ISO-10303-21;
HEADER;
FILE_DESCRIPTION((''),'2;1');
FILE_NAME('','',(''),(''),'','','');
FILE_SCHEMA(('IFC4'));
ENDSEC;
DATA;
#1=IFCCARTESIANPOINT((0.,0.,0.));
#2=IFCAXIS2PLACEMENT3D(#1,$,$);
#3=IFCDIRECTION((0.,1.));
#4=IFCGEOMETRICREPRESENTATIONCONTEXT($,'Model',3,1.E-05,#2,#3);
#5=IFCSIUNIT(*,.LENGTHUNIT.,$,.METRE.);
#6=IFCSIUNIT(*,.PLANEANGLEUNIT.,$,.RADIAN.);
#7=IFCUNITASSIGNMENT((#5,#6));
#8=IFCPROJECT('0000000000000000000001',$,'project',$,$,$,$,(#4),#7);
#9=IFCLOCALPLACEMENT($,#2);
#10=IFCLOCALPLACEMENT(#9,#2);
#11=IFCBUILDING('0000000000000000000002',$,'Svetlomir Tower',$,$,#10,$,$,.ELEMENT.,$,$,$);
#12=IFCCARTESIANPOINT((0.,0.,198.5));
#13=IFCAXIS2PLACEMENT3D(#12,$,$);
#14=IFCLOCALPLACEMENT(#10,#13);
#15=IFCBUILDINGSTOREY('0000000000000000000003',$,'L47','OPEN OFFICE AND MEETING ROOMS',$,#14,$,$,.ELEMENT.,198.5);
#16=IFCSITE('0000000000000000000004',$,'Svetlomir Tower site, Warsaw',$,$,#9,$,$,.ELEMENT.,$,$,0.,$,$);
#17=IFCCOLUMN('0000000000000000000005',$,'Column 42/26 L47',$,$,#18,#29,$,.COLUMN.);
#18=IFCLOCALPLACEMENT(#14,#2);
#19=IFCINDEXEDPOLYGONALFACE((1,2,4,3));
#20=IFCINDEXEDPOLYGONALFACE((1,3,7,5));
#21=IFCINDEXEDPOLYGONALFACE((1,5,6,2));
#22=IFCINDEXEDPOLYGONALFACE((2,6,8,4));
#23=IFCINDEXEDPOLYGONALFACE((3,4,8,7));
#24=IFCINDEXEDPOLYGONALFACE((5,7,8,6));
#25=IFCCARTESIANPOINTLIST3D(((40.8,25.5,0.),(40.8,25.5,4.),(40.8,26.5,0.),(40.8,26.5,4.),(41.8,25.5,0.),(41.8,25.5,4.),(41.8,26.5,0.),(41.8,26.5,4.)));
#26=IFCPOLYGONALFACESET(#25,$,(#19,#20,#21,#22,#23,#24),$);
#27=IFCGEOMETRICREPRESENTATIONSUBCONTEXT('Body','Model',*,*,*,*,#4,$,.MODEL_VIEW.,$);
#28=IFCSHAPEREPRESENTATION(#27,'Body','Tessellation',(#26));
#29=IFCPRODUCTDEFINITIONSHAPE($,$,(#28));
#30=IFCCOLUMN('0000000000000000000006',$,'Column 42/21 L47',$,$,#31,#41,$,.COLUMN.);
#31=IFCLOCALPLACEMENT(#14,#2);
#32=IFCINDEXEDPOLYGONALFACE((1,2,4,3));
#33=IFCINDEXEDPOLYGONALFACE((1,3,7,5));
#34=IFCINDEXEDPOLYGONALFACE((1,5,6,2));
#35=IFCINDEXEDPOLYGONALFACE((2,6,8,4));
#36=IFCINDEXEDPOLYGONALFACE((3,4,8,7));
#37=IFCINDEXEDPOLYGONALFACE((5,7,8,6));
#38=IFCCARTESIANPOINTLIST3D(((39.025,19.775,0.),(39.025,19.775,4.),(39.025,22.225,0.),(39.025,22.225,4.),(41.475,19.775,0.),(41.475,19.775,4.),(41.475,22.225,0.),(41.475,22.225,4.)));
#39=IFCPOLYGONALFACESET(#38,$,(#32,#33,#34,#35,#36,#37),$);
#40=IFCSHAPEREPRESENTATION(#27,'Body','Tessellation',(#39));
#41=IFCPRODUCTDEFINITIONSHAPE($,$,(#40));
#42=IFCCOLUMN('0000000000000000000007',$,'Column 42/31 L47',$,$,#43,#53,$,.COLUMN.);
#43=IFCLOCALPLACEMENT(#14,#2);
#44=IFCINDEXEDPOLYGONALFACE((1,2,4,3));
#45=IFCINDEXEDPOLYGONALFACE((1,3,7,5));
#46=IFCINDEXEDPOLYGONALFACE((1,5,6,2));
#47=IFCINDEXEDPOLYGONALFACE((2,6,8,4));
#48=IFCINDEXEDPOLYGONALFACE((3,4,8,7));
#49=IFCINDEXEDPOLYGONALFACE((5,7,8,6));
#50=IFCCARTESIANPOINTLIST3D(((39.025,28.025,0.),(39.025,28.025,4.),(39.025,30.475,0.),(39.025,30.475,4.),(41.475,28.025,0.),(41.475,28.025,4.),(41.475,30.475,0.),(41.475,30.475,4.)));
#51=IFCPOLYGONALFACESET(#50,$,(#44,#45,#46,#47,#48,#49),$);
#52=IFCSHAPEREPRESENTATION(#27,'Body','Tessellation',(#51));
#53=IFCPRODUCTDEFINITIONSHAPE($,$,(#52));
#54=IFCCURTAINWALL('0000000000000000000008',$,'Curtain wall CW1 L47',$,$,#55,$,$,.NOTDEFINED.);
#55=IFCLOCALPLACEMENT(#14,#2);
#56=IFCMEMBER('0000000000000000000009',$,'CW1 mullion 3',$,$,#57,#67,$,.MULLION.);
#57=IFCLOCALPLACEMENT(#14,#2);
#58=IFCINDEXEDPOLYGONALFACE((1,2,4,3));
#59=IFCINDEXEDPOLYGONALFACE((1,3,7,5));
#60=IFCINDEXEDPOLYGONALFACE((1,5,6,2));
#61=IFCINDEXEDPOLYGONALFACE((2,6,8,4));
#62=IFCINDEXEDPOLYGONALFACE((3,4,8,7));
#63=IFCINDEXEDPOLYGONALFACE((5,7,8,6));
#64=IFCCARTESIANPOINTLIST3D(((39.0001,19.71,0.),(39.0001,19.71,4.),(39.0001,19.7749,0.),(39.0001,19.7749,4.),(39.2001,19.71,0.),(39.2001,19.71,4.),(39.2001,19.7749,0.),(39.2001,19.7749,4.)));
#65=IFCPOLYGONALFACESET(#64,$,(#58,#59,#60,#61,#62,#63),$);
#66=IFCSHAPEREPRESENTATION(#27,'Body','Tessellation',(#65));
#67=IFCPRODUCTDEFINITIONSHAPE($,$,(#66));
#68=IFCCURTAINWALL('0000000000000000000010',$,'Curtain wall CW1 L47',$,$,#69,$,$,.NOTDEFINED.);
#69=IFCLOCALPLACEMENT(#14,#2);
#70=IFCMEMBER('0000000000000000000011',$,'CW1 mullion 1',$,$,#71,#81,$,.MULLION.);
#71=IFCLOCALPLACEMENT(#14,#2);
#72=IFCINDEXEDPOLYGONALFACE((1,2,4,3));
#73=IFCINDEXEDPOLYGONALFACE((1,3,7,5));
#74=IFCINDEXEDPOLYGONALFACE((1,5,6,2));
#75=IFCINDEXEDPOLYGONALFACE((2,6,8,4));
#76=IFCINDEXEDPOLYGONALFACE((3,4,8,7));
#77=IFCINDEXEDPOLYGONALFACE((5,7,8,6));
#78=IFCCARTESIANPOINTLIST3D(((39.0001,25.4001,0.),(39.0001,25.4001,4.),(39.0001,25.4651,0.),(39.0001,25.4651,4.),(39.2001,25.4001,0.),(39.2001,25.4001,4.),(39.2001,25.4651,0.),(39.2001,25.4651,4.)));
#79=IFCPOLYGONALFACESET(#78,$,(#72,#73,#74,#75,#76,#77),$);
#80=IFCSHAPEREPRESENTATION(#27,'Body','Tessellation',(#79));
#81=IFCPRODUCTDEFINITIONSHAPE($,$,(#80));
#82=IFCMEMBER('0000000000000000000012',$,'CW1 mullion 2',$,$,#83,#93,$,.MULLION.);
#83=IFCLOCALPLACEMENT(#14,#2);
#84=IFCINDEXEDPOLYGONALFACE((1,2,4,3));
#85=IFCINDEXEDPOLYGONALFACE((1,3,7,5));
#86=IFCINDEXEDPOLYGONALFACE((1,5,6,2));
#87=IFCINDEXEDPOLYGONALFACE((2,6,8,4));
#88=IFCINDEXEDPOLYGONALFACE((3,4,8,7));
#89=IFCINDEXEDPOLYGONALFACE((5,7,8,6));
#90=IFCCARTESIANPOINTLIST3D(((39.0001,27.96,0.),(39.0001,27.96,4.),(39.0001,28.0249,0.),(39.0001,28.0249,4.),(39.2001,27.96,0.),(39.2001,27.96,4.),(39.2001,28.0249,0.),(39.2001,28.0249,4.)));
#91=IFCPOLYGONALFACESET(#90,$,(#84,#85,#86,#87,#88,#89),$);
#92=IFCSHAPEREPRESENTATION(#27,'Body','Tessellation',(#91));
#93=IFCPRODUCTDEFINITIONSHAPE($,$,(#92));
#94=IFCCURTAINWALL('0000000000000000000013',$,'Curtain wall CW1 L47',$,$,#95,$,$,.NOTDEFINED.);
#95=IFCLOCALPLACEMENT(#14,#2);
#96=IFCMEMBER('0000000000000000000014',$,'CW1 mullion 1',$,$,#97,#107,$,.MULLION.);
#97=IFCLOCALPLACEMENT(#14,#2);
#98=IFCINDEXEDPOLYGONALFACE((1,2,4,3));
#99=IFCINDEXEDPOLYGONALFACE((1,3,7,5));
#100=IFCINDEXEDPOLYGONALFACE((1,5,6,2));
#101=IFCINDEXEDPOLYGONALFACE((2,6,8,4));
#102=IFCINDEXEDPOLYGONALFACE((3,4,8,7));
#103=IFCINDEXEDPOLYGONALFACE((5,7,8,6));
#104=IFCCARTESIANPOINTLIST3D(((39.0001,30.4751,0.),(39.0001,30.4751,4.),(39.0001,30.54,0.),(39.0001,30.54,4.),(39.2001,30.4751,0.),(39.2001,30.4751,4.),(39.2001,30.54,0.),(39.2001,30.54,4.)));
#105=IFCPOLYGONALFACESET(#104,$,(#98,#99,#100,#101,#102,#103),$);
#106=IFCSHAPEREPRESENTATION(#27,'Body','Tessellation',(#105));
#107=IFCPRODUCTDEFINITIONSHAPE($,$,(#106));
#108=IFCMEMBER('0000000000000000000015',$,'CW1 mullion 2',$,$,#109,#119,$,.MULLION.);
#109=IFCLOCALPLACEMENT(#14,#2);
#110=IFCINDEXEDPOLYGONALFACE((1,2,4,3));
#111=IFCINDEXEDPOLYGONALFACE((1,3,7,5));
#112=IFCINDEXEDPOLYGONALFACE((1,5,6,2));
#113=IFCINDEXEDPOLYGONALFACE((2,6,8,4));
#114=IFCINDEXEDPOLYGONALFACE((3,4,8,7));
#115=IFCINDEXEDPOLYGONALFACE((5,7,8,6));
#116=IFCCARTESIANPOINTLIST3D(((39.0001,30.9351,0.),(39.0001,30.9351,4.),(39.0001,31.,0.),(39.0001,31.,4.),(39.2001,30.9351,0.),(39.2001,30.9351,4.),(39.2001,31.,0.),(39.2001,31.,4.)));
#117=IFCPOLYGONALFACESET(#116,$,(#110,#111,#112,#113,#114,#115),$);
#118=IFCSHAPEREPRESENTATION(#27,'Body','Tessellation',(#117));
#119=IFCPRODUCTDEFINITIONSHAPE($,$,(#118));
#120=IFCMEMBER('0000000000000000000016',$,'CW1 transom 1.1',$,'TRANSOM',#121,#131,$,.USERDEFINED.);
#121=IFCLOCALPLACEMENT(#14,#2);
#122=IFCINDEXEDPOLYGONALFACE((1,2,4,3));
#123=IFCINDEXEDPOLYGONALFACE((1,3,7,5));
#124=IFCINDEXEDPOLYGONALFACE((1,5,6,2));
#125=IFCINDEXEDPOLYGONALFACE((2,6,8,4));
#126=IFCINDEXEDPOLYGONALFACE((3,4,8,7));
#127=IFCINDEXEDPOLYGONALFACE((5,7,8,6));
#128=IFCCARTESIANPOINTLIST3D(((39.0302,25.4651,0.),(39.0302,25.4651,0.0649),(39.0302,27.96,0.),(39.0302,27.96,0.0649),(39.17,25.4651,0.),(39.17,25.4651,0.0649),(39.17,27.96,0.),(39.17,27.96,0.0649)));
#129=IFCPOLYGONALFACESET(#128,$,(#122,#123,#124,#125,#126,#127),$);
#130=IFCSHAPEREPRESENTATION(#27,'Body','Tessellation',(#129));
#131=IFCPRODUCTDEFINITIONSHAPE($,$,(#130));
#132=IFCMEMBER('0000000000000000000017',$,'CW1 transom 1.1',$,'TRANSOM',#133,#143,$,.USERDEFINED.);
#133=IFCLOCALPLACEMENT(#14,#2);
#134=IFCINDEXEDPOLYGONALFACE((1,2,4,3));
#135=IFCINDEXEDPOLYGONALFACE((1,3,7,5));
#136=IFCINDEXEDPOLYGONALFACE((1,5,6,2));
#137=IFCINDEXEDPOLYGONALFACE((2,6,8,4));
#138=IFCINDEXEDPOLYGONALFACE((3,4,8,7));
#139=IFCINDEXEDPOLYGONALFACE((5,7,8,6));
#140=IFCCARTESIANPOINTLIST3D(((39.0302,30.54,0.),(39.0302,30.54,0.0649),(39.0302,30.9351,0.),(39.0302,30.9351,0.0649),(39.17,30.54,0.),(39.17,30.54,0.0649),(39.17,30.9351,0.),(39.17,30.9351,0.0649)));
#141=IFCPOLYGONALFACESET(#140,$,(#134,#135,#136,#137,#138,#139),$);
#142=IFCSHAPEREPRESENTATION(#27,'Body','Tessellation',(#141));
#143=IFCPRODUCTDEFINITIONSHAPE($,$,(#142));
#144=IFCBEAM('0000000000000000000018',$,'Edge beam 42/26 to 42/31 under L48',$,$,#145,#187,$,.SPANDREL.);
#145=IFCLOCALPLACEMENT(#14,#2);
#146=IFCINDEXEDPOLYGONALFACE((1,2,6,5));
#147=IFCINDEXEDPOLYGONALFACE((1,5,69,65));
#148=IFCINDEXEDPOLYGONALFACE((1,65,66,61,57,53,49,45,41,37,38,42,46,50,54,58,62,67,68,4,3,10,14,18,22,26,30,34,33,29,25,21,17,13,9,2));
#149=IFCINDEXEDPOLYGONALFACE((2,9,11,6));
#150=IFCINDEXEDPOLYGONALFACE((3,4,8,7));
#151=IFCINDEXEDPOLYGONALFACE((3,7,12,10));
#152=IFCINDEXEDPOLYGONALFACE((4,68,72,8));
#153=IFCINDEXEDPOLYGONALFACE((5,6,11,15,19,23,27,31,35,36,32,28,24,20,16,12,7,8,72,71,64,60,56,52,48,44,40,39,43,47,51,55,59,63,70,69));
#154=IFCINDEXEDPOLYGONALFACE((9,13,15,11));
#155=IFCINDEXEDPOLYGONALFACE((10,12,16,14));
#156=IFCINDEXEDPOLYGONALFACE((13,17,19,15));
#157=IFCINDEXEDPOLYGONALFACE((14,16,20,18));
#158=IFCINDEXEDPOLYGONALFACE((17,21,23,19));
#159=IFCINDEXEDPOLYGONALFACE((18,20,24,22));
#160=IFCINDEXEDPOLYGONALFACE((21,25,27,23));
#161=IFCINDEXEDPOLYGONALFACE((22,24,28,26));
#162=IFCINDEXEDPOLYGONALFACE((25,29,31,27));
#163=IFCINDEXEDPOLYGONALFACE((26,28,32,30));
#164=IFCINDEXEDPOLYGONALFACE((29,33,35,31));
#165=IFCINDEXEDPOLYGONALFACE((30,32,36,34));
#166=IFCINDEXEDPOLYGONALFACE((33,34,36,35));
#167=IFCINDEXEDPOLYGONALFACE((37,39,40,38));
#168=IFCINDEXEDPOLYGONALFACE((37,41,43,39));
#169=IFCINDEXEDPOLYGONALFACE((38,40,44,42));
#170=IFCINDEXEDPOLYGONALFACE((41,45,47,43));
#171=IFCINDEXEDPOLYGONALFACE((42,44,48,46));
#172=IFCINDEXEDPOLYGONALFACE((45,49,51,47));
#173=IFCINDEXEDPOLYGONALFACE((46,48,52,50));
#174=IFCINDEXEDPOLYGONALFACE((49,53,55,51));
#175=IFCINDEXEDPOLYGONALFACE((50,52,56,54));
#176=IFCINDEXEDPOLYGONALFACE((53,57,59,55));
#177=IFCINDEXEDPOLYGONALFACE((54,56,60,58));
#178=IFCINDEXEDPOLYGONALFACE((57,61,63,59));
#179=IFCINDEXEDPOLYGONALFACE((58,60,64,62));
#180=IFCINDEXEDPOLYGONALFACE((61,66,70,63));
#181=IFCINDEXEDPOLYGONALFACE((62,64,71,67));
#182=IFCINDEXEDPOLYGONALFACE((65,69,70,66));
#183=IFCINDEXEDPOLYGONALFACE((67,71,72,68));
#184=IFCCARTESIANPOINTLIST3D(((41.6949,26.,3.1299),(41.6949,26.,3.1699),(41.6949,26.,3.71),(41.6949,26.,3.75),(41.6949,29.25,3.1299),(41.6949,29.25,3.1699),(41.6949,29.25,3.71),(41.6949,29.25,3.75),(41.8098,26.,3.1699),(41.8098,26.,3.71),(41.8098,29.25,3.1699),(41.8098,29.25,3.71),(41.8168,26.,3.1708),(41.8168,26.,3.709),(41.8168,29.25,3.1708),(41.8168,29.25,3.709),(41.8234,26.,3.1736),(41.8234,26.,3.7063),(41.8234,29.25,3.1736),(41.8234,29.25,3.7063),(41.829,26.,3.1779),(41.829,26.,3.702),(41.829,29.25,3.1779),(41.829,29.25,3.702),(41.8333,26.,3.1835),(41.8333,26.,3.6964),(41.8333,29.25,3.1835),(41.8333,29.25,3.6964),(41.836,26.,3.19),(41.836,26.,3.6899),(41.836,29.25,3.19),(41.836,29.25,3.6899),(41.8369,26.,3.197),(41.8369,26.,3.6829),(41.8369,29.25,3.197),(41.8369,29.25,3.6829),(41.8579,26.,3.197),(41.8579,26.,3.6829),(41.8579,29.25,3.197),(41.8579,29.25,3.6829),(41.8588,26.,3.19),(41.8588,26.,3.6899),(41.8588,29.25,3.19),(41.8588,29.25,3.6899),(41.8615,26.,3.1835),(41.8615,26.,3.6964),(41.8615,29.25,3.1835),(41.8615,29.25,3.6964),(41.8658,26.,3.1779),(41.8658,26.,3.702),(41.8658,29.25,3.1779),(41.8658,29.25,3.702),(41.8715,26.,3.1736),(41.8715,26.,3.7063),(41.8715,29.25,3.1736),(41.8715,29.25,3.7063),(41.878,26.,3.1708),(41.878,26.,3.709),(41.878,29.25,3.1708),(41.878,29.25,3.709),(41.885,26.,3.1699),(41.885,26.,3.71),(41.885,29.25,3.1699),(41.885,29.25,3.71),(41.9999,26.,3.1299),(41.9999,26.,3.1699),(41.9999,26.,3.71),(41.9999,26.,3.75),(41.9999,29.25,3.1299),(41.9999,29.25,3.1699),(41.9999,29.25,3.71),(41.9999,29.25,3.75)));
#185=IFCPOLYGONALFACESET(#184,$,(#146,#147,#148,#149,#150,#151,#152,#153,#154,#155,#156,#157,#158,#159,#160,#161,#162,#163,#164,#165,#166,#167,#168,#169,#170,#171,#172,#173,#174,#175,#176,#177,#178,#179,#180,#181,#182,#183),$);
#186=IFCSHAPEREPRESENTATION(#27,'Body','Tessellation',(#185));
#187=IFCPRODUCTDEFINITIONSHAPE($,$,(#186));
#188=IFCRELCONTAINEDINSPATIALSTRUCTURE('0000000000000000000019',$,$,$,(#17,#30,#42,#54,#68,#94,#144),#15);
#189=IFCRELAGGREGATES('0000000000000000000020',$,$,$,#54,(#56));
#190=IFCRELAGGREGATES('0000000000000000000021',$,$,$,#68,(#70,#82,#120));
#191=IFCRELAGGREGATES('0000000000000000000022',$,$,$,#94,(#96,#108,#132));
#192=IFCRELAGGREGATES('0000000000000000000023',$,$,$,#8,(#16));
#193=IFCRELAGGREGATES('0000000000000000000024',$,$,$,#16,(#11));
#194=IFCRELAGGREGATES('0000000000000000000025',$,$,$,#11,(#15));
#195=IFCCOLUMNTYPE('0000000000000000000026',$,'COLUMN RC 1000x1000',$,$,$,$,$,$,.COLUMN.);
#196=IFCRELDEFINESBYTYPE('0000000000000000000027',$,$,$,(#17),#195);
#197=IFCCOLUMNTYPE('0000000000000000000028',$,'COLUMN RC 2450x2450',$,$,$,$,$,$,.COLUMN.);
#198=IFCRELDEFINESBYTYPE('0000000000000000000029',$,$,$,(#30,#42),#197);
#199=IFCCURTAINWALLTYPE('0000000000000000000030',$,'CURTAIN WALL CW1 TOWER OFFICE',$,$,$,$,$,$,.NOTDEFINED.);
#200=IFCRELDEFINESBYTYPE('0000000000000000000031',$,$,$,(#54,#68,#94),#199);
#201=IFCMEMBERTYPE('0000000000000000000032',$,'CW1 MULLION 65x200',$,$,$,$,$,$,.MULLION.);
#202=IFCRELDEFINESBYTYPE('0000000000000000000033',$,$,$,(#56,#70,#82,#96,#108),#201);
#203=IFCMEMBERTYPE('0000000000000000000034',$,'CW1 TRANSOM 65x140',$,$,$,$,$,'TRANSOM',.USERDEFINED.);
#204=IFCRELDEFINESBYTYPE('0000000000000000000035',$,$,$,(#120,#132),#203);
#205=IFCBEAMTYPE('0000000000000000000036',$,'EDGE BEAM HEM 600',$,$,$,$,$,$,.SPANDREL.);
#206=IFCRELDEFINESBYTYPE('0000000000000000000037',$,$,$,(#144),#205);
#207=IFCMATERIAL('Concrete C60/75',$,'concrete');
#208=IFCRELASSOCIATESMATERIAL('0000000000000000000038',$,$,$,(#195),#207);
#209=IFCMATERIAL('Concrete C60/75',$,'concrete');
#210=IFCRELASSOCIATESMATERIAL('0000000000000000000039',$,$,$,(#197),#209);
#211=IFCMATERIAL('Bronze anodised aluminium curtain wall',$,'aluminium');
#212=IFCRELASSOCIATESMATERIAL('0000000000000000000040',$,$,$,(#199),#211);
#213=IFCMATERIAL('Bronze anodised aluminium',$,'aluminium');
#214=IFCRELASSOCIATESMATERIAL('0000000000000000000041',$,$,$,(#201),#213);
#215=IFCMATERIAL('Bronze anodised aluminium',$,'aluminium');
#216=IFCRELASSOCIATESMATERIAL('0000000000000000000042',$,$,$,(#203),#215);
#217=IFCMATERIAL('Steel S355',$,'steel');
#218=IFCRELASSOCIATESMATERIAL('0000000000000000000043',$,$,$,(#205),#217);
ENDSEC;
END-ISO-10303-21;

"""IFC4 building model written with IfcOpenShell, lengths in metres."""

from ifc_helpers import new_model, si_unit, direction, frame, origin, origin_2d, place, context, subcontext, project, spatial, rectangle, i_section, extrude, material, material_profile, profile_set, type_object, element, aggregate, save


model = new_model("IFC4")

# Units and contexts
model_context = context("Model", 3, precision=1e-05, world=origin(), true_north=direction((0.0, 1.0)))
body_context = subcontext(model_context, "Body", "Model", "MODEL_VIEW")
ifc_project = project(units=[si_unit("LENGTHUNIT", "METRE"), si_unit("PLANEANGLEUNIT", "RADIAN")], contexts=[model_context])

# Site, building, storey
site_placement = place(None, origin())
site = spatial("IfcSite", under=ifc_project, at=site_placement, Name="Svetlomir Tower site, Warsaw", CompositionType="ELEMENT", RefElevation=0.0)
building_placement = place(site_placement, origin())
building = spatial("IfcBuilding", under=site, at=building_placement, Name="Svetlomir Tower", CompositionType="ELEMENT")
storey_placement = place(building_placement, frame((0.0, 0.0, 198.5)))
storey = spatial("IfcBuildingStorey", under=building, at=storey_placement, Name="L47", Description="OPEN OFFICE AND MEETING ROOMS", CompositionType="ELEMENT", Elevation=198.5)

# Columns
ifc_material_1 = material(Name="Concrete C60/75", Category="concrete")
ifc_material_profile_1 = material_profile(ifc_material_1, rectangle(XDim=1.0, YDim=1.0, at=origin_2d()), Name="RC 1000x1000")
ifc_profile_set_1 = profile_set([ifc_material_profile_1], Name="Concrete C60/75")
column_type_1 = type_object("IfcColumnType", Name="COLUMN RC 1000x1000", PredefinedType="COLUMN", material=ifc_profile_set_1)
column_placement = place(storey_placement, frame((41.3, 26.0, 0.0), z_axis=(0.0, 0.0, 1.0), x_axis=(1.0, 0.0, 0.0)))
element("IfcColumn", 1, at=column_placement, inside=storey, type_object=column_type_1, Name="Column 42/26 L47", PredefinedType="COLUMN", context=body_context, shape_type="SweptSolid", body=[
    extrude(rectangle(XDim=1.0, YDim=1.0, at=origin_2d()), origin(), (0.0, 0.0, 1.0), 4.0),
])
ifc_material_2 = material(Name="Concrete C60/75", Category="concrete")
ifc_material_profile_2 = material_profile(ifc_material_2, rectangle(XDim=2.45, YDim=2.45, at=origin_2d()), Name="RC 2450x2450")
ifc_profile_set_2 = profile_set([ifc_material_profile_2], Name="Concrete C60/75")
column_type_2 = type_object("IfcColumnType", Name="COLUMN RC 2450x2450", PredefinedType="COLUMN", material=ifc_profile_set_2)
for number, where, z_axis, x_axis, name in (
    (2, (40.25, 21.0, 0.0), (0.0, 0.0, 1.0), (1.0, 0.0, 0.0), "Column 42/21 L47"),
    (3, (40.25, 29.25, 0.0), (0.0, 0.0, 1.0), (1.0, 0.0, 0.0), "Column 42/31 L47"),
):
    element("IfcColumn", number, at=place(storey_placement, frame(where, z_axis=z_axis, x_axis=x_axis)), inside=storey, type_object=column_type_2, Name=name, PredefinedType="COLUMN", context=body_context, shape_type="SweptSolid", body=[
        extrude(rectangle(XDim=2.45, YDim=2.45, at=origin_2d()), origin(), (0.0, 0.0, 1.0), 4.0),
    ])

# Curtain wall, member
ifc_material_3 = material(Name="Bronze anodised aluminium curtain wall", Category="aluminium")
curtain_wall_type = type_object("IfcCurtainWallType", Name="CURTAIN WALL CW1 TOWER OFFICE", PredefinedType="NOTDEFINED", material=ifc_material_3)
curtain_wall_1_placement = place(storey_placement, origin())
curtain_wall_1 = element("IfcCurtainWall", 4, at=curtain_wall_1_placement, inside=storey, type_object=curtain_wall_type, Name="Curtain wall CW1 L47", PredefinedType="NOTDEFINED")
ifc_material_4 = material(Name="Bronze anodised aluminium", Category="aluminium")
ifc_material_profile_3 = material_profile(ifc_material_4, rectangle(XDim=0.0649, YDim=0.2, at=origin_2d()), Name="AL 65x200")
ifc_profile_set_3 = profile_set([ifc_material_profile_3], Name="Bronze anodised aluminium 6063-T6")
member_type_1 = type_object("IfcMemberType", Name="CW1 MULLION 65x200", PredefinedType="MULLION", material=ifc_profile_set_3)
member_1_placement = place(storey_placement, frame((39.1001, 19.7424, 0.0), z_axis=(0.0, 0.0, 1.0), x_axis=(0.0, 1.0, 0.0)))
member_1 = element("IfcMember", 5, at=member_1_placement, type_object=member_type_1, Name="CW1 mullion 3", PredefinedType="MULLION", context=body_context, shape_type="SweptSolid", body=[
    extrude(rectangle(XDim=0.0649, YDim=0.2, at=origin_2d()), origin(), (0.0, 0.0, 1.0), 4.0),
])
aggregate(curtain_wall_1, [member_1])

# Curtain walls, members
curtain_wall_2_placement = place(storey_placement, origin())
curtain_wall_2 = element("IfcCurtainWall", 6, at=curtain_wall_2_placement, inside=storey, type_object=curtain_wall_type, Name="Curtain wall CW1 L47", PredefinedType="NOTDEFINED")
member_2_placement = place(storey_placement, frame((39.1001, 25.4326, 0.0), z_axis=(0.0, 0.0, 1.0), x_axis=(0.0, 1.0, 0.0)))
member_2 = element("IfcMember", 7, at=member_2_placement, type_object=member_type_1, Name="CW1 mullion 1", PredefinedType="MULLION", context=body_context, shape_type="SweptSolid", body=[
    extrude(rectangle(XDim=0.0649, YDim=0.2, at=origin_2d()), origin(), (0.0, 0.0, 1.0), 4.0),
])
member_3_placement = place(storey_placement, frame((39.1001, 27.9924, 0.0), z_axis=(0.0, 0.0, 1.0), x_axis=(0.0, 1.0, 0.0)))
member_3 = element("IfcMember", 8, at=member_3_placement, type_object=member_type_1, Name="CW1 mullion 2", PredefinedType="MULLION", context=body_context, shape_type="SweptSolid", body=[
    extrude(rectangle(XDim=0.0649, YDim=0.2, at=origin_2d()), origin(), (0.0, 0.0, 1.0), 4.0),
])
curtain_wall_3_placement = place(storey_placement, origin())
curtain_wall_3 = element("IfcCurtainWall", 9, at=curtain_wall_3_placement, inside=storey, type_object=curtain_wall_type, Name="Curtain wall CW1 L47", PredefinedType="NOTDEFINED")
member_4_placement = place(storey_placement, frame((39.1001, 30.5076, 0.0), z_axis=(0.0, 0.0, 1.0), x_axis=(0.0, 1.0, 0.0)))
member_4 = element("IfcMember", 10, at=member_4_placement, type_object=member_type_1, Name="CW1 mullion 1", PredefinedType="MULLION", context=body_context, shape_type="SweptSolid", body=[
    extrude(rectangle(XDim=0.0649, YDim=0.2, at=origin_2d()), origin(), (0.0, 0.0, 1.0), 4.0),
])
member_5_placement = place(storey_placement, frame((39.1001, 30.9675, 0.0), z_axis=(0.0, 0.0, 1.0), x_axis=(0.0, 1.0, 0.0)))
member_5 = element("IfcMember", 11, at=member_5_placement, type_object=member_type_1, Name="CW1 mullion 2", PredefinedType="MULLION", context=body_context, shape_type="SweptSolid", body=[
    extrude(rectangle(XDim=0.0649, YDim=0.2, at=origin_2d()), origin(), (0.0, 0.0, 1.0), 4.0),
])

# Members
ifc_material_5 = material(Name="Bronze anodised aluminium", Category="aluminium")
ifc_material_profile_4 = material_profile(ifc_material_5, rectangle(XDim=0.1399, YDim=0.0649, at=origin_2d()), Name="AL 140x65")
ifc_profile_set_4 = profile_set([ifc_material_profile_4], Name="Bronze anodised aluminium 6063-T6")
member_type_2 = type_object("IfcMemberType", Name="CW1 TRANSOM 65x140", ElementType="TRANSOM", PredefinedType="USERDEFINED", material=ifc_profile_set_4)
member_6_placement = place(storey_placement, frame((39.1001, 25.4651, 0.0325), z_axis=(0.0, 1.0, 0.0), x_axis=(-1.0, 0.0, 0.0)))
member_6 = element("IfcMember", 12, at=member_6_placement, type_object=member_type_2, Name="CW1 transom 1.1", ObjectType="TRANSOM", PredefinedType="USERDEFINED", context=body_context, shape_type="SweptSolid", body=[
    extrude(rectangle(XDim=0.1399, YDim=0.0649, at=origin_2d()), origin(), (0.0, 0.0, 1.0), 2.4949),
])
member_7_placement = place(storey_placement, frame((39.1001, 30.54, 0.0325), z_axis=(0.0, 1.0, 0.0), x_axis=(-1.0, 0.0, 0.0)))
member_7 = element("IfcMember", 13, at=member_7_placement, type_object=member_type_2, Name="CW1 transom 1.1", ObjectType="TRANSOM", PredefinedType="USERDEFINED", context=body_context, shape_type="SweptSolid", body=[
    extrude(rectangle(XDim=0.1399, YDim=0.0649, at=origin_2d()), origin(), (0.0, 0.0, 1.0), 0.395),
])

# Beam
ifc_material_6 = material(Name="Steel S355", Category="steel")
ifc_material_profile_5 = material_profile(ifc_material_6, i_section(OverallWidth=0.3049, OverallDepth=0.6201, WebThickness=0.021, FlangeThickness=0.04, FilletRadius=0.0271, at=origin_2d()), Name="HEM 600")
ifc_profile_set_5 = profile_set([ifc_material_profile_5], Name="Steel S355")
beam_type_1 = type_object("IfcBeamType", Name="EDGE BEAM HEM 600", PredefinedType="SPANDREL", material=ifc_profile_set_5)
beam_1_placement = place(storey_placement, frame((41.8474, 26.0, 3.4399), z_axis=(0.0, 1.0, 0.0), x_axis=(-1.0, 0.0, 0.0)))
element("IfcBeam", 14, at=beam_1_placement, inside=storey, type_object=beam_type_1, Name="Edge beam 42/26 to 42/31 under L48", PredefinedType="SPANDREL", context=body_context, shape_type="SweptSolid", body=[
    extrude(i_section(OverallWidth=0.3049, OverallDepth=0.6201, WebThickness=0.021, FlangeThickness=0.04, FilletRadius=0.0271, at=origin_2d()), origin(), (0.0, 0.0, 1.0), 3.25),
])

aggregate(curtain_wall_2, [member_2, member_3, member_6])
aggregate(curtain_wall_3, [member_4, member_5, member_7])

save(model, "model.ifc")
